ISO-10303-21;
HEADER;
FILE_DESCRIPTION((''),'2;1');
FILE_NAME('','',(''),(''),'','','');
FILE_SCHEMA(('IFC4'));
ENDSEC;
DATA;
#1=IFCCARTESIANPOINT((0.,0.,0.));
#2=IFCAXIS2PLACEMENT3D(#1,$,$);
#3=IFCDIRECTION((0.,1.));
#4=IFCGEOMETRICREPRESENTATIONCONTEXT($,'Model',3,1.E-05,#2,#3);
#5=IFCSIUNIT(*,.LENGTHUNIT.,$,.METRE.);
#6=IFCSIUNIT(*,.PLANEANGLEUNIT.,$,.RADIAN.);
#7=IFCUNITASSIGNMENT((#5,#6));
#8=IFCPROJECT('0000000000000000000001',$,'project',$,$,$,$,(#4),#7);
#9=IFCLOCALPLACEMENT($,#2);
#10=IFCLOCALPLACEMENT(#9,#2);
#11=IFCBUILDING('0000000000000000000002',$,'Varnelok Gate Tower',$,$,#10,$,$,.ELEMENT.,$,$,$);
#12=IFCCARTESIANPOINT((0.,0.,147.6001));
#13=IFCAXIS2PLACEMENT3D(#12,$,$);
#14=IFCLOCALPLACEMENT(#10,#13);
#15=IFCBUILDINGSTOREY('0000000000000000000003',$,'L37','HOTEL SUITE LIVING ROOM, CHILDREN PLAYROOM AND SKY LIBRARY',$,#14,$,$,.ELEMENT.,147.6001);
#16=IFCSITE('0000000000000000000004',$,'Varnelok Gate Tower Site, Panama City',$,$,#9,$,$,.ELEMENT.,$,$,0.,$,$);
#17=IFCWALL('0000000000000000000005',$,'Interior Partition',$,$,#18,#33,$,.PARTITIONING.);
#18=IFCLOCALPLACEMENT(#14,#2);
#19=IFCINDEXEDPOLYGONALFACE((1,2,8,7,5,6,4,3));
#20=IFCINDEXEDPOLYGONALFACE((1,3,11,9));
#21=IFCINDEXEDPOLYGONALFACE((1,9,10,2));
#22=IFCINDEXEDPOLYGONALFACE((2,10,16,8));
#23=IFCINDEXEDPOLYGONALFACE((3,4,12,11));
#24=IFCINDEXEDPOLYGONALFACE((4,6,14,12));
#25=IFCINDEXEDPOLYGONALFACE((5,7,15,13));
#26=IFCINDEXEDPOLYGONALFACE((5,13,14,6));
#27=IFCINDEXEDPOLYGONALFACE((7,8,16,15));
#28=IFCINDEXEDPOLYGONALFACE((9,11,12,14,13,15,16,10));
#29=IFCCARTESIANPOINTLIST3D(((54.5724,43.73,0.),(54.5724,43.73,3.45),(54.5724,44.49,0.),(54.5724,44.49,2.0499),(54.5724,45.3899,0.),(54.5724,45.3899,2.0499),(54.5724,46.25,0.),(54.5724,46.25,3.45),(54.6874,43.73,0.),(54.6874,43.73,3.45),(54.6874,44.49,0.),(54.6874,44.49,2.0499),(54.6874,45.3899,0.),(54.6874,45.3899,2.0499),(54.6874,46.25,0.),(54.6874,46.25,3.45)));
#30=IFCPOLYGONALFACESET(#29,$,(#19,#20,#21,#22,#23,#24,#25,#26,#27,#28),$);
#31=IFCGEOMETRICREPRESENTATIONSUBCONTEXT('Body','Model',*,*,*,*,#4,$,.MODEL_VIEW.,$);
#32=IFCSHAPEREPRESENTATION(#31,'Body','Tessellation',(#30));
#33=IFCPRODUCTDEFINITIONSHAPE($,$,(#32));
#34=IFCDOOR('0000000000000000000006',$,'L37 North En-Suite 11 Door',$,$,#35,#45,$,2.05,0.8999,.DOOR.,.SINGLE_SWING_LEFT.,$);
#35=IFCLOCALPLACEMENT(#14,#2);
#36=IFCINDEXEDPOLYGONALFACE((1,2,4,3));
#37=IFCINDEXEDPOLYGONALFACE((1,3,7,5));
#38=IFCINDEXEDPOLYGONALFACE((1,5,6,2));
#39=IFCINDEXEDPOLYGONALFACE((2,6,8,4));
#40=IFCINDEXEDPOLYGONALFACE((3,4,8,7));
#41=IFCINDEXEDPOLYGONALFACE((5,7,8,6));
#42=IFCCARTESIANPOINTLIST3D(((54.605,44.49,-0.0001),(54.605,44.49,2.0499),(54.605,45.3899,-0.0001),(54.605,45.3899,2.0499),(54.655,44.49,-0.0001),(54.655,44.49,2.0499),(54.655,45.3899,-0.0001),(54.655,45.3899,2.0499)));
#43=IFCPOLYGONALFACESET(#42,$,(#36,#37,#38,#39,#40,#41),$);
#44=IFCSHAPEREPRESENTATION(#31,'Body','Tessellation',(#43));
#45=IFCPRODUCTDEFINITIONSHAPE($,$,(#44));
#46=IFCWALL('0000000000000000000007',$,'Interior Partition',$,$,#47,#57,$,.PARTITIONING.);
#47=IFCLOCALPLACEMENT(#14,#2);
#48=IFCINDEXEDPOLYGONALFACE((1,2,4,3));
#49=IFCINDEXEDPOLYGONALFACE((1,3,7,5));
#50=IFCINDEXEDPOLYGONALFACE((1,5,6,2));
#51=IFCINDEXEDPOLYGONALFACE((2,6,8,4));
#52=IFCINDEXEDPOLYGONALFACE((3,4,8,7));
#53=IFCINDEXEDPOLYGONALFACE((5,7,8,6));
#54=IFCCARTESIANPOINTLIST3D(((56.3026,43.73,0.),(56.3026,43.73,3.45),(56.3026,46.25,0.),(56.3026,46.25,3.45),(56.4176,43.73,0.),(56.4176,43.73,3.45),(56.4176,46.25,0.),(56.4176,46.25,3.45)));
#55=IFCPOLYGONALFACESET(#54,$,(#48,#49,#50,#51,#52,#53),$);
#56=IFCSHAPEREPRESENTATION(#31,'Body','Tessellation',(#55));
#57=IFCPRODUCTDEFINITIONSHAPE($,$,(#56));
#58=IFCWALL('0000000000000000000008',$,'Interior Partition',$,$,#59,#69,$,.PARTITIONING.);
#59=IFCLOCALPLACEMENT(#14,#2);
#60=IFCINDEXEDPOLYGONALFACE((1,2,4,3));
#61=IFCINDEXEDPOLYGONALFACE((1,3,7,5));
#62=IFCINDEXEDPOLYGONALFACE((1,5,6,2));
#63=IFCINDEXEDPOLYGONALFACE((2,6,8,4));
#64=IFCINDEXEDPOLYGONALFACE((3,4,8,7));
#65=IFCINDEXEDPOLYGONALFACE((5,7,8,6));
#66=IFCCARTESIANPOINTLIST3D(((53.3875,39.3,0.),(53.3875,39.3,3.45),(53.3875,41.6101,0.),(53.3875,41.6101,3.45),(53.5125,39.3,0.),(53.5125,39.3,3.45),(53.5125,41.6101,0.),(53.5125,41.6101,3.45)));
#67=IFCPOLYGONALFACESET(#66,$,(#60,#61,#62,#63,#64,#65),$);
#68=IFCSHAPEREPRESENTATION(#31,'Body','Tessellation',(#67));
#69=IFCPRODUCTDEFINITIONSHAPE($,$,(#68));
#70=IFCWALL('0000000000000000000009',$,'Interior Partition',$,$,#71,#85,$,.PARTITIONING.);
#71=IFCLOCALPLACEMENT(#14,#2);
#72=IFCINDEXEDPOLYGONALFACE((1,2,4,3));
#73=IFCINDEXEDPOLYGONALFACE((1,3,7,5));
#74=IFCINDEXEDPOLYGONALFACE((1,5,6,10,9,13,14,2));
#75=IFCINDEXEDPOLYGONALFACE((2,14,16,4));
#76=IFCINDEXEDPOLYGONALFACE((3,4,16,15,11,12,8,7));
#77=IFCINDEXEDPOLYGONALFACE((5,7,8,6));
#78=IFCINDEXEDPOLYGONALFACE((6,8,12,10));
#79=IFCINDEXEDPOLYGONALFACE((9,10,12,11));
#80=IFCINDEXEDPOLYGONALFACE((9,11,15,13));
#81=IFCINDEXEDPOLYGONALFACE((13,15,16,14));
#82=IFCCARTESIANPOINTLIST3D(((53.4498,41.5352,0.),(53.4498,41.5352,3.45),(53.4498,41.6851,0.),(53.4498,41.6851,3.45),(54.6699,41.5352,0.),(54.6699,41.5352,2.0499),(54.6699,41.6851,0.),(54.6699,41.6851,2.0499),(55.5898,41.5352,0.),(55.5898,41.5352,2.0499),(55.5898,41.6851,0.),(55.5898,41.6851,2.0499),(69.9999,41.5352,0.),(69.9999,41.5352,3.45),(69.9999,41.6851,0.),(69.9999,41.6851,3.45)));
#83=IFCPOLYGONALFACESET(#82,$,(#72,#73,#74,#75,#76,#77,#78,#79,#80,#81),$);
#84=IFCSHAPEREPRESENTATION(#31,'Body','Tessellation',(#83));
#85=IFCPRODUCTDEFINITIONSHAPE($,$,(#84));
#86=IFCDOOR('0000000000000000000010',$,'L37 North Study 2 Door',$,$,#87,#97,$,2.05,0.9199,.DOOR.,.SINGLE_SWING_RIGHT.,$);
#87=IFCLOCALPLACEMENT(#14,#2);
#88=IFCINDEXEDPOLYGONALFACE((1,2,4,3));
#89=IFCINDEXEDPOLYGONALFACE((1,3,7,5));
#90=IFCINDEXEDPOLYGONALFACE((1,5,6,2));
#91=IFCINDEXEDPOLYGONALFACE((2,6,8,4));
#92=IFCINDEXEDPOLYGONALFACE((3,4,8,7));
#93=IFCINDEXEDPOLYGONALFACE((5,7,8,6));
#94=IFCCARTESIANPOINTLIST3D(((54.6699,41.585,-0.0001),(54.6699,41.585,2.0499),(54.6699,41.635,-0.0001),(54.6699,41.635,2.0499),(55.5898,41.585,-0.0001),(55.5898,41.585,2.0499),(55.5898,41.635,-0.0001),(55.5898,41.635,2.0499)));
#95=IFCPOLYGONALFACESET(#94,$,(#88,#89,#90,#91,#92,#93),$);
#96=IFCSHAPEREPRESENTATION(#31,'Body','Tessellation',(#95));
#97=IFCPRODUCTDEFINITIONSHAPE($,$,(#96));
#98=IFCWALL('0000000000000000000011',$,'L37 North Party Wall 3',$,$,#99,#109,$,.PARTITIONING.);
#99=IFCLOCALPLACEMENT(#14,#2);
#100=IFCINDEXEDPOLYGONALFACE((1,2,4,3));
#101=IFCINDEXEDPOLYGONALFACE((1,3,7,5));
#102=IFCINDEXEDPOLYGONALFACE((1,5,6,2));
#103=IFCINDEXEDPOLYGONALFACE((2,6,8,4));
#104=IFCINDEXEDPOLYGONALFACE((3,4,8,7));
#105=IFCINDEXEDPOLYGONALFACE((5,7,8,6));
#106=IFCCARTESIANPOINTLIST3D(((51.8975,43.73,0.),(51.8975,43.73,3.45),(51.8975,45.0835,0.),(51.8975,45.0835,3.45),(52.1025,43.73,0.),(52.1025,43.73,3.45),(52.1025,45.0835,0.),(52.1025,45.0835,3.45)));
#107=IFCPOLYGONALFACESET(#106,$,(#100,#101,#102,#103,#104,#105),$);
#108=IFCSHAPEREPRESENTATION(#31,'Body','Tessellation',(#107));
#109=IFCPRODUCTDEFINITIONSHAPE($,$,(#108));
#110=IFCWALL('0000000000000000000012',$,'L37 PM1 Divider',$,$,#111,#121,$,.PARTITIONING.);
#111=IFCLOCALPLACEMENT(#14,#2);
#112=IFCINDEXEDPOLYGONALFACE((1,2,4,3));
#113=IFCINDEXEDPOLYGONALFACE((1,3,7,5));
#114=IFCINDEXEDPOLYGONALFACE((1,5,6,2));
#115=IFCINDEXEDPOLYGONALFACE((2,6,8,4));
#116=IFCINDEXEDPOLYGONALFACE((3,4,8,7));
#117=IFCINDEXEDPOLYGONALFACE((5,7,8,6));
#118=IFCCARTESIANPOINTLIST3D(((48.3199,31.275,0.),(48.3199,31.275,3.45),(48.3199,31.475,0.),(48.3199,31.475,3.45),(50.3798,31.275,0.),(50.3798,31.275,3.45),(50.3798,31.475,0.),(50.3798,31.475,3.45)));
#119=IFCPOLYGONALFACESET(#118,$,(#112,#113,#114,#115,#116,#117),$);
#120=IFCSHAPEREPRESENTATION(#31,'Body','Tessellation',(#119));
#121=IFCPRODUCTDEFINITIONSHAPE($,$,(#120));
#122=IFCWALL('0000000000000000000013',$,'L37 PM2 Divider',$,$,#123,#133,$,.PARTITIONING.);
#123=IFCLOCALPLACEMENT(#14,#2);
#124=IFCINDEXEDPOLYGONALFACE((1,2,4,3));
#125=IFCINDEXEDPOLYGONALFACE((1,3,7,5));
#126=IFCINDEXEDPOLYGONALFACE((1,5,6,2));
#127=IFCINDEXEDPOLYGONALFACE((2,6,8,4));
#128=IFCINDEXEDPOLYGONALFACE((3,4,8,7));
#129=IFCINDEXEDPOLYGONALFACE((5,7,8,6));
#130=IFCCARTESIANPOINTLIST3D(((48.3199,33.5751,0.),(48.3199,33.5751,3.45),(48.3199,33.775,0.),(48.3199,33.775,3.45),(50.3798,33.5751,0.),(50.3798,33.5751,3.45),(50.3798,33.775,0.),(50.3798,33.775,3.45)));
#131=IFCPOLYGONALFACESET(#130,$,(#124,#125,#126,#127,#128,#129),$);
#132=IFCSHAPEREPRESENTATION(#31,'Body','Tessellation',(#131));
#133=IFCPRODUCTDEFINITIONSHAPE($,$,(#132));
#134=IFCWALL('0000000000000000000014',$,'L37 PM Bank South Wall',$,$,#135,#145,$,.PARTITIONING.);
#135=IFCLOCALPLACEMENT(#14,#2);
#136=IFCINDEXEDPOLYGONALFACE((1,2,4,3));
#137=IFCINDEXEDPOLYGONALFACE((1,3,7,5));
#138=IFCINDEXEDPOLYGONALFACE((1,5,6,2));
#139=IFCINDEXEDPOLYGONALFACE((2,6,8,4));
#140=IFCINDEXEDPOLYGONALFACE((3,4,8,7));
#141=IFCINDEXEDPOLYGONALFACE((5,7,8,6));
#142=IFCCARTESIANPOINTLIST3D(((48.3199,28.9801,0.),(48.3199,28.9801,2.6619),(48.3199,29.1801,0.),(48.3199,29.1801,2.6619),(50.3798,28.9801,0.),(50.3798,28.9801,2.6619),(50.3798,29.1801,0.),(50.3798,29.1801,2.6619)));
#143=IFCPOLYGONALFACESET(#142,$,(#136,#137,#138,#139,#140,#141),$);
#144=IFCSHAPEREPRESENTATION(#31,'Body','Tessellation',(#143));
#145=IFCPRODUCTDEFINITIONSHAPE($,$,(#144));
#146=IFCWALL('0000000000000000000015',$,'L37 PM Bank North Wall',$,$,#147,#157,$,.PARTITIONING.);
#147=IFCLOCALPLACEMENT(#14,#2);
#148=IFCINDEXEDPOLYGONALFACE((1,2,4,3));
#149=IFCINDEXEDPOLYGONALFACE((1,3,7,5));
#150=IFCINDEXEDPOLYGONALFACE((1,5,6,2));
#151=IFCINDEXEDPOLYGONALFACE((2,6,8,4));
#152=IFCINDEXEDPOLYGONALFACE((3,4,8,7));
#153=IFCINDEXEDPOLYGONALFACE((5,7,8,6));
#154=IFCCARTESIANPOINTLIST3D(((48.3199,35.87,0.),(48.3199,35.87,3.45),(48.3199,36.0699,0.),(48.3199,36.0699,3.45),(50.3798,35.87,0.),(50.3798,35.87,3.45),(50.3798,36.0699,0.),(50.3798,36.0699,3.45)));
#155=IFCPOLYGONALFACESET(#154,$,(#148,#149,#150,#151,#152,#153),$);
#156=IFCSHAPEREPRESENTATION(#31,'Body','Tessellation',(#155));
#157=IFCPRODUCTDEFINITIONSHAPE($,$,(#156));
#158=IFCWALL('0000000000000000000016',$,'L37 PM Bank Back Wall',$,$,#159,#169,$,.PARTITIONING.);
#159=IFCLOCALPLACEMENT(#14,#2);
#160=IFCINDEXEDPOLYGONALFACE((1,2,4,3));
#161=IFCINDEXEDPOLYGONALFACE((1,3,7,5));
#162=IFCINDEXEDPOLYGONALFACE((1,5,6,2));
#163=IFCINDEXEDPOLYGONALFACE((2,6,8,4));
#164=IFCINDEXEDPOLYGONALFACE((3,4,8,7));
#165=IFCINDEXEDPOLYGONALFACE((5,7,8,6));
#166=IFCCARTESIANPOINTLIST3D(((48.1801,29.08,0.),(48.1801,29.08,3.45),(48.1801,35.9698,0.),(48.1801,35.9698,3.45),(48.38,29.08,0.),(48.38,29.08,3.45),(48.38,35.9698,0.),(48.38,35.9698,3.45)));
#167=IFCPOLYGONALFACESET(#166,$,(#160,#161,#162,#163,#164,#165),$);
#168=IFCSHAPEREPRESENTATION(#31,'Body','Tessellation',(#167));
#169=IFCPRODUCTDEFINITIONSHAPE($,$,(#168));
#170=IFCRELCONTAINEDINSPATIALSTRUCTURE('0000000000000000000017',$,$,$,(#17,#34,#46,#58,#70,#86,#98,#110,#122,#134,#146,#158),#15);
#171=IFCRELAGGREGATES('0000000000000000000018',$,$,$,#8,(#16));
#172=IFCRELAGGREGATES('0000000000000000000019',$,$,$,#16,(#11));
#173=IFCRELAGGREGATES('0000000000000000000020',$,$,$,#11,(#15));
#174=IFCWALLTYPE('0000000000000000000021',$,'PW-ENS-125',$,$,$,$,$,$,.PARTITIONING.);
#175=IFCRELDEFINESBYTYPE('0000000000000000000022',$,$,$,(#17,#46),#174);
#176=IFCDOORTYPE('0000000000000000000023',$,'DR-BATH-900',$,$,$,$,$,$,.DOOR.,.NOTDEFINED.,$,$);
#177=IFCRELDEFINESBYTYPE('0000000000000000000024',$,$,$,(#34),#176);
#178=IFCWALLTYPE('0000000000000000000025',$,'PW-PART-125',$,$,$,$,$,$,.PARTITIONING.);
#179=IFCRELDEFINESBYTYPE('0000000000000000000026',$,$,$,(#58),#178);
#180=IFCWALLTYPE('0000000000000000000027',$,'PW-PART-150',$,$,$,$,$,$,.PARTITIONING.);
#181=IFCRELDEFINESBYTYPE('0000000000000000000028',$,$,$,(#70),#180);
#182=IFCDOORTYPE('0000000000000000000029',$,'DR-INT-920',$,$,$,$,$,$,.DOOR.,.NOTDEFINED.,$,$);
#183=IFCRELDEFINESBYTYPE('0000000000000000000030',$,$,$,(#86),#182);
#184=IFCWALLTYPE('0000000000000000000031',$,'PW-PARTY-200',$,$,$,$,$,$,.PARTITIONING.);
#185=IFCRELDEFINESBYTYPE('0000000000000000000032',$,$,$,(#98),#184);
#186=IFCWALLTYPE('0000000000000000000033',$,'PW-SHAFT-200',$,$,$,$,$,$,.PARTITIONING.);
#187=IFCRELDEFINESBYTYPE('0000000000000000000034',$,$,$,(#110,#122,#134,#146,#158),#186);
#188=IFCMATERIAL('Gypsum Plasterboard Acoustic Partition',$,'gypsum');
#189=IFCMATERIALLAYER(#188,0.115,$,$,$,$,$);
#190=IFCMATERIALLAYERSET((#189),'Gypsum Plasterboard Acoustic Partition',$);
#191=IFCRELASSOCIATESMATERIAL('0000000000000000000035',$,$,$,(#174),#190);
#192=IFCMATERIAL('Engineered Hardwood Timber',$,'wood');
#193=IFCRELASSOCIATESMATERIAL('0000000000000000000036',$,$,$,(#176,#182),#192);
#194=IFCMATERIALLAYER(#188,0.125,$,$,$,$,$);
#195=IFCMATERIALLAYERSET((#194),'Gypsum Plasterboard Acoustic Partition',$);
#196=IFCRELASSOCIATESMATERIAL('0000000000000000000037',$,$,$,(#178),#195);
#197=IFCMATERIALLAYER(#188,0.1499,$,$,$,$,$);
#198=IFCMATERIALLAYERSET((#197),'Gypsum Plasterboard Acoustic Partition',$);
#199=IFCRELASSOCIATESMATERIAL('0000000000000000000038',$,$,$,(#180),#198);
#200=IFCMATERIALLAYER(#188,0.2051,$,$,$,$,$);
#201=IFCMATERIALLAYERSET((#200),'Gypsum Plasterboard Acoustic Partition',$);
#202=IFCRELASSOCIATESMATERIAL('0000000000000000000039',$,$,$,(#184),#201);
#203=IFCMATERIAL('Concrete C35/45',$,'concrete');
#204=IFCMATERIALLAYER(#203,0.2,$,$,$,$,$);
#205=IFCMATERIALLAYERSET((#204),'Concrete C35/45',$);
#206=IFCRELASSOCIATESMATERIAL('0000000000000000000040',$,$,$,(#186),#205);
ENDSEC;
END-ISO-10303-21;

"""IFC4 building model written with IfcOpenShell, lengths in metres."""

from ifc_helpers import new_model, si_unit, direction, frame, frame_2d, origin, place, context, subcontext, project, spatial, rectangle, extrude, material, layer, layer_set, type_object, element, fill, save


model = new_model("IFC4")

# Units and contexts
model_context = context("Model", 3, precision=1e-05, world=origin(), true_north=direction((0.0, 1.0)))
body_context = subcontext(model_context, "Body", "Model", "MODEL_VIEW")
ifc_project = project(units=[si_unit("LENGTHUNIT", "METRE"), si_unit("PLANEANGLEUNIT", "RADIAN")], contexts=[model_context])

# Site, building, storey
site_placement = place(None, origin())
site = spatial("IfcSite", under=ifc_project, at=site_placement, Name="Varnelok Gate Tower Site, Panama City", CompositionType="ELEMENT", RefElevation=0.0)
building_placement = place(site_placement, origin())
building = spatial("IfcBuilding", under=site, at=building_placement, Name="Varnelok Gate Tower", CompositionType="ELEMENT")
storey_placement = place(building_placement, frame((0.0, 0.0, 147.6001)))
storey = spatial("IfcBuildingStorey", under=building, at=storey_placement, Name="L37", Description="HOTEL SUITE LIVING ROOM, CHILDREN PLAYROOM AND SKY LIBRARY", CompositionType="ELEMENT", Elevation=147.6001)

# Shared definitions
ifc_material_1 = material(Name="Gypsum Plasterboard Acoustic Partition", Category="gypsum")
ifc_material_2 = material(Name="Engineered Hardwood Timber", Category="wood")

# Shared definitions
ifc_layer_1 = layer(ifc_material_1, 0.115)
ifc_layer_set_1 = layer_set([ifc_layer_1], Name="Gypsum Plasterboard Acoustic Partition")
wall_type_1 = type_object("IfcWallType", Name="PW-ENS-125", PredefinedType="PARTITIONING", material=ifc_layer_set_1)

# Wall, opening, door
wall_1_placement = place(storey_placement, frame((54.6299, 43.73, 0.0), z_axis=(0.0, 0.0, 1.0), x_axis=(0.0, 1.0, 0.0)))
wall_1 = element("IfcWall", 1, at=wall_1_placement, inside=storey, type_object=wall_type_1, Name="Interior Partition", PredefinedType="PARTITIONING", context=body_context, shape_type="SweptSolid", body=[
    extrude(rectangle(XDim=2.52, YDim=0.115, at=frame_2d((1.26, 0.0))), origin(), (0.0, 0.0, 1.0), 3.45),
])
opening_1_placement = place(wall_1_placement, frame((0.76, 0.0, 0.0)))
opening_1 = element("IfcOpeningElement", 2, at=opening_1_placement, cuts=wall_1, PredefinedType="OPENING", context=body_context, shape_type="SweptSolid", body=[
    extrude(rectangle(XDim=0.8999, YDim=2.05, at=frame_2d((0.45, 1.0249))), frame((0.0, 0.0674, 0.0), z_axis=(0.0, -1.0, 0.0), x_axis=(1.0, 0.0, 0.0)), (0.0, 0.0, 1.0), 0.135),
])
door_type_1 = type_object("IfcDoorType", Name="DR-BATH-900", OperationType="NOTDEFINED", PredefinedType="DOOR", material=ifc_material_2)
door_1_placement = place(opening_1_placement, origin())
door_1 = element("IfcDoor", 3, at=door_1_placement, inside=storey, type_object=door_type_1, Name="L37 North En-Suite 11 Door", OperationType="SINGLE_SWING_LEFT", OverallHeight=2.05, OverallWidth=0.8999, PredefinedType="DOOR", context=body_context, shape_type="SweptSolid", body=[
    extrude(rectangle(XDim=0.8999, YDim=2.05, at=frame_2d((0.45, 1.0249))), frame((0.0, 0.0249, 0.0), z_axis=(0.0, -1.0, 0.0), x_axis=(1.0, 0.0, 0.0)), (0.0, 0.0, 1.0), 0.05),
])
fill(opening_1, door_1)

# Walls
wall_2_placement = place(storey_placement, frame((56.3601, 43.73, 0.0), z_axis=(0.0, 0.0, 1.0), x_axis=(0.0, 1.0, 0.0)))
element("IfcWall", 4, at=wall_2_placement, inside=storey, type_object=wall_type_1, Name="Interior Partition", PredefinedType="PARTITIONING", context=body_context, shape_type="SweptSolid", body=[
    extrude(rectangle(XDim=2.52, YDim=0.115, at=frame_2d((1.26, 0.0))), origin(), (0.0, 0.0, 1.0), 3.45),
])
ifc_layer_2 = layer(ifc_material_1, 0.125)
ifc_layer_set_2 = layer_set([ifc_layer_2], Name="Gypsum Plasterboard Acoustic Partition")
wall_type_2 = type_object("IfcWallType", Name="PW-PART-125", PredefinedType="PARTITIONING", material=ifc_layer_set_2)
wall_3_placement = place(storey_placement, frame((53.45, 39.3, 0.0), z_axis=(0.0, 0.0, 1.0), x_axis=(0.0, 1.0, 0.0)))
element("IfcWall", 5, at=wall_3_placement, inside=storey, type_object=wall_type_2, Name="Interior Partition", PredefinedType="PARTITIONING", context=body_context, shape_type="SweptSolid", body=[
    extrude(rectangle(XDim=2.3101, YDim=0.125, at=frame_2d((1.155, 0.0))), origin(), (0.0, 0.0, 1.0), 3.45),
])

# Wall, opening, door
ifc_layer_3 = layer(ifc_material_1, 0.1499)
ifc_layer_set_3 = layer_set([ifc_layer_3], Name="Gypsum Plasterboard Acoustic Partition")
wall_type_3 = type_object("IfcWallType", Name="PW-PART-150", PredefinedType="PARTITIONING", material=ifc_layer_set_3)
wall_4_placement = place(storey_placement, frame((53.45, 41.6101, 0.0), z_axis=(0.0, 0.0, 1.0), x_axis=(1.0, 0.0, 0.0)))
wall_4 = element("IfcWall", 6, at=wall_4_placement, inside=storey, type_object=wall_type_3, Name="Interior Partition", PredefinedType="PARTITIONING", context=body_context, shape_type="SweptSolid", body=[
    extrude(rectangle(XDim=16.55, YDim=0.1499, at=frame_2d((8.2749, 0.0))), origin(), (0.0, 0.0, 1.0), 3.45),
])
opening_2_placement = place(wall_4_placement, frame((1.22, 0.0, 0.0)))
opening_2 = element("IfcOpeningElement", 7, at=opening_2_placement, cuts=wall_4, PredefinedType="OPENING", context=body_context, shape_type="SweptSolid", body=[
    extrude(rectangle(XDim=0.9199, YDim=2.05, at=frame_2d((0.46, 1.0249))), frame((0.0, 0.085, 0.0), z_axis=(0.0, -1.0, 0.0), x_axis=(1.0, 0.0, 0.0)), (0.0, 0.0, 1.0), 0.1699),
])
door_type_2 = type_object("IfcDoorType", Name="DR-INT-920", OperationType="NOTDEFINED", PredefinedType="DOOR", material=ifc_material_2)
door_2_placement = place(opening_2_placement, origin())
door_2 = element("IfcDoor", 8, at=door_2_placement, inside=storey, type_object=door_type_2, Name="L37 North Study 2 Door", OperationType="SINGLE_SWING_RIGHT", OverallHeight=2.05, OverallWidth=0.9199, PredefinedType="DOOR", context=body_context, shape_type="SweptSolid", body=[
    extrude(rectangle(XDim=0.9199, YDim=2.05, at=frame_2d((0.46, 1.0249))), frame((0.0, 0.0249, 0.0), z_axis=(0.0, -1.0, 0.0), x_axis=(1.0, 0.0, 0.0)), (0.0, 0.0, 1.0), 0.05),
])
fill(opening_2, door_2)

# Walls
ifc_layer_4 = layer(ifc_material_1, 0.2051)
ifc_layer_set_4 = layer_set([ifc_layer_4], Name="Gypsum Plasterboard Acoustic Partition")
wall_type_4 = type_object("IfcWallType", Name="PW-PARTY-200", PredefinedType="PARTITIONING", material=ifc_layer_set_4)
wall_5_placement = place(storey_placement, frame((52.0, 43.73, 0.0), z_axis=(0.0, 0.0, 1.0), x_axis=(0.0, 1.0, 0.0)))
element("IfcWall", 9, at=wall_5_placement, inside=storey, type_object=wall_type_4, Name="L37 North Party Wall 3", PredefinedType="PARTITIONING", context=body_context, shape_type="SweptSolid", body=[
    extrude(rectangle(XDim=1.3535, YDim=0.2051, at=frame_2d((0.6768, 0.0))), origin(), (0.0, 0.0, 1.0), 3.45),
])
ifc_material_3 = material(Name="Concrete C35/45", Category="concrete")
ifc_layer_5 = layer(ifc_material_3, 0.2)
ifc_layer_set_5 = layer_set([ifc_layer_5], Name="Concrete C35/45")
wall_type_5 = type_object("IfcWallType", Name="PW-SHAFT-200", PredefinedType="PARTITIONING", material=ifc_layer_set_5)
for number, where, z_axis, x_axis, name in (
    (10, (48.3201, 31.375, 0.0), (0.0, 0.0, 1.0), (1.0, 0.0, 0.0), "L37 PM1 Divider"),
    (11, (48.3201, 33.675, 0.0), (0.0, 0.0, 1.0), (1.0, 0.0, 0.0), "L37 PM2 Divider"),
):
    element("IfcWall", number, at=place(storey_placement, frame(where, z_axis=z_axis, x_axis=x_axis)), inside=storey, type_object=wall_type_5, Name=name, PredefinedType="PARTITIONING", context=body_context, shape_type="SweptSolid", body=[
        extrude(rectangle(XDim=2.0598, YDim=0.2, at=frame_2d((1.0298, 0.0))), origin(), (0.0, 0.0, 1.0), 3.45),
    ])
wall_6_placement = place(storey_placement, frame((48.3201, 29.0801, 0.0), z_axis=(0.0, 0.0, 1.0), x_axis=(1.0, 0.0, 0.0)))
element("IfcWall", 12, at=wall_6_placement, inside=storey, type_object=wall_type_5, Name="L37 PM Bank South Wall", PredefinedType="PARTITIONING", context=body_context, shape_type="SweptSolid", body=[
    extrude(rectangle(XDim=2.0598, YDim=0.2, at=frame_2d((1.0298, 0.0))), origin(), (0.0, 0.0, 1.0), 2.6619),
])
wall_7_placement = place(storey_placement, frame((48.3201, 35.97, 0.0), z_axis=(0.0, 0.0, 1.0), x_axis=(1.0, 0.0, 0.0)))
element("IfcWall", 13, at=wall_7_placement, inside=storey, type_object=wall_type_5, Name="L37 PM Bank North Wall", PredefinedType="PARTITIONING", context=body_context, shape_type="SweptSolid", body=[
    extrude(rectangle(XDim=2.0598, YDim=0.2, at=frame_2d((1.0298, 0.0))), origin(), (0.0, 0.0, 1.0), 3.45),
])
wall_8_placement = place(storey_placement, frame((48.28, 29.0801, 0.0), z_axis=(0.0, 0.0, 1.0), x_axis=(0.0, 1.0, 0.0)))
element("IfcWall", 14, at=wall_8_placement, inside=storey, type_object=wall_type_5, Name="L37 PM Bank Back Wall", PredefinedType="PARTITIONING", context=body_context, shape_type="SweptSolid", body=[
    extrude(rectangle(XDim=6.8899, YDim=0.2, at=frame_2d((3.4448, 0.0))), origin(), (0.0, 0.0, 1.0), 3.45),
])

save(model, "model.ifc")
